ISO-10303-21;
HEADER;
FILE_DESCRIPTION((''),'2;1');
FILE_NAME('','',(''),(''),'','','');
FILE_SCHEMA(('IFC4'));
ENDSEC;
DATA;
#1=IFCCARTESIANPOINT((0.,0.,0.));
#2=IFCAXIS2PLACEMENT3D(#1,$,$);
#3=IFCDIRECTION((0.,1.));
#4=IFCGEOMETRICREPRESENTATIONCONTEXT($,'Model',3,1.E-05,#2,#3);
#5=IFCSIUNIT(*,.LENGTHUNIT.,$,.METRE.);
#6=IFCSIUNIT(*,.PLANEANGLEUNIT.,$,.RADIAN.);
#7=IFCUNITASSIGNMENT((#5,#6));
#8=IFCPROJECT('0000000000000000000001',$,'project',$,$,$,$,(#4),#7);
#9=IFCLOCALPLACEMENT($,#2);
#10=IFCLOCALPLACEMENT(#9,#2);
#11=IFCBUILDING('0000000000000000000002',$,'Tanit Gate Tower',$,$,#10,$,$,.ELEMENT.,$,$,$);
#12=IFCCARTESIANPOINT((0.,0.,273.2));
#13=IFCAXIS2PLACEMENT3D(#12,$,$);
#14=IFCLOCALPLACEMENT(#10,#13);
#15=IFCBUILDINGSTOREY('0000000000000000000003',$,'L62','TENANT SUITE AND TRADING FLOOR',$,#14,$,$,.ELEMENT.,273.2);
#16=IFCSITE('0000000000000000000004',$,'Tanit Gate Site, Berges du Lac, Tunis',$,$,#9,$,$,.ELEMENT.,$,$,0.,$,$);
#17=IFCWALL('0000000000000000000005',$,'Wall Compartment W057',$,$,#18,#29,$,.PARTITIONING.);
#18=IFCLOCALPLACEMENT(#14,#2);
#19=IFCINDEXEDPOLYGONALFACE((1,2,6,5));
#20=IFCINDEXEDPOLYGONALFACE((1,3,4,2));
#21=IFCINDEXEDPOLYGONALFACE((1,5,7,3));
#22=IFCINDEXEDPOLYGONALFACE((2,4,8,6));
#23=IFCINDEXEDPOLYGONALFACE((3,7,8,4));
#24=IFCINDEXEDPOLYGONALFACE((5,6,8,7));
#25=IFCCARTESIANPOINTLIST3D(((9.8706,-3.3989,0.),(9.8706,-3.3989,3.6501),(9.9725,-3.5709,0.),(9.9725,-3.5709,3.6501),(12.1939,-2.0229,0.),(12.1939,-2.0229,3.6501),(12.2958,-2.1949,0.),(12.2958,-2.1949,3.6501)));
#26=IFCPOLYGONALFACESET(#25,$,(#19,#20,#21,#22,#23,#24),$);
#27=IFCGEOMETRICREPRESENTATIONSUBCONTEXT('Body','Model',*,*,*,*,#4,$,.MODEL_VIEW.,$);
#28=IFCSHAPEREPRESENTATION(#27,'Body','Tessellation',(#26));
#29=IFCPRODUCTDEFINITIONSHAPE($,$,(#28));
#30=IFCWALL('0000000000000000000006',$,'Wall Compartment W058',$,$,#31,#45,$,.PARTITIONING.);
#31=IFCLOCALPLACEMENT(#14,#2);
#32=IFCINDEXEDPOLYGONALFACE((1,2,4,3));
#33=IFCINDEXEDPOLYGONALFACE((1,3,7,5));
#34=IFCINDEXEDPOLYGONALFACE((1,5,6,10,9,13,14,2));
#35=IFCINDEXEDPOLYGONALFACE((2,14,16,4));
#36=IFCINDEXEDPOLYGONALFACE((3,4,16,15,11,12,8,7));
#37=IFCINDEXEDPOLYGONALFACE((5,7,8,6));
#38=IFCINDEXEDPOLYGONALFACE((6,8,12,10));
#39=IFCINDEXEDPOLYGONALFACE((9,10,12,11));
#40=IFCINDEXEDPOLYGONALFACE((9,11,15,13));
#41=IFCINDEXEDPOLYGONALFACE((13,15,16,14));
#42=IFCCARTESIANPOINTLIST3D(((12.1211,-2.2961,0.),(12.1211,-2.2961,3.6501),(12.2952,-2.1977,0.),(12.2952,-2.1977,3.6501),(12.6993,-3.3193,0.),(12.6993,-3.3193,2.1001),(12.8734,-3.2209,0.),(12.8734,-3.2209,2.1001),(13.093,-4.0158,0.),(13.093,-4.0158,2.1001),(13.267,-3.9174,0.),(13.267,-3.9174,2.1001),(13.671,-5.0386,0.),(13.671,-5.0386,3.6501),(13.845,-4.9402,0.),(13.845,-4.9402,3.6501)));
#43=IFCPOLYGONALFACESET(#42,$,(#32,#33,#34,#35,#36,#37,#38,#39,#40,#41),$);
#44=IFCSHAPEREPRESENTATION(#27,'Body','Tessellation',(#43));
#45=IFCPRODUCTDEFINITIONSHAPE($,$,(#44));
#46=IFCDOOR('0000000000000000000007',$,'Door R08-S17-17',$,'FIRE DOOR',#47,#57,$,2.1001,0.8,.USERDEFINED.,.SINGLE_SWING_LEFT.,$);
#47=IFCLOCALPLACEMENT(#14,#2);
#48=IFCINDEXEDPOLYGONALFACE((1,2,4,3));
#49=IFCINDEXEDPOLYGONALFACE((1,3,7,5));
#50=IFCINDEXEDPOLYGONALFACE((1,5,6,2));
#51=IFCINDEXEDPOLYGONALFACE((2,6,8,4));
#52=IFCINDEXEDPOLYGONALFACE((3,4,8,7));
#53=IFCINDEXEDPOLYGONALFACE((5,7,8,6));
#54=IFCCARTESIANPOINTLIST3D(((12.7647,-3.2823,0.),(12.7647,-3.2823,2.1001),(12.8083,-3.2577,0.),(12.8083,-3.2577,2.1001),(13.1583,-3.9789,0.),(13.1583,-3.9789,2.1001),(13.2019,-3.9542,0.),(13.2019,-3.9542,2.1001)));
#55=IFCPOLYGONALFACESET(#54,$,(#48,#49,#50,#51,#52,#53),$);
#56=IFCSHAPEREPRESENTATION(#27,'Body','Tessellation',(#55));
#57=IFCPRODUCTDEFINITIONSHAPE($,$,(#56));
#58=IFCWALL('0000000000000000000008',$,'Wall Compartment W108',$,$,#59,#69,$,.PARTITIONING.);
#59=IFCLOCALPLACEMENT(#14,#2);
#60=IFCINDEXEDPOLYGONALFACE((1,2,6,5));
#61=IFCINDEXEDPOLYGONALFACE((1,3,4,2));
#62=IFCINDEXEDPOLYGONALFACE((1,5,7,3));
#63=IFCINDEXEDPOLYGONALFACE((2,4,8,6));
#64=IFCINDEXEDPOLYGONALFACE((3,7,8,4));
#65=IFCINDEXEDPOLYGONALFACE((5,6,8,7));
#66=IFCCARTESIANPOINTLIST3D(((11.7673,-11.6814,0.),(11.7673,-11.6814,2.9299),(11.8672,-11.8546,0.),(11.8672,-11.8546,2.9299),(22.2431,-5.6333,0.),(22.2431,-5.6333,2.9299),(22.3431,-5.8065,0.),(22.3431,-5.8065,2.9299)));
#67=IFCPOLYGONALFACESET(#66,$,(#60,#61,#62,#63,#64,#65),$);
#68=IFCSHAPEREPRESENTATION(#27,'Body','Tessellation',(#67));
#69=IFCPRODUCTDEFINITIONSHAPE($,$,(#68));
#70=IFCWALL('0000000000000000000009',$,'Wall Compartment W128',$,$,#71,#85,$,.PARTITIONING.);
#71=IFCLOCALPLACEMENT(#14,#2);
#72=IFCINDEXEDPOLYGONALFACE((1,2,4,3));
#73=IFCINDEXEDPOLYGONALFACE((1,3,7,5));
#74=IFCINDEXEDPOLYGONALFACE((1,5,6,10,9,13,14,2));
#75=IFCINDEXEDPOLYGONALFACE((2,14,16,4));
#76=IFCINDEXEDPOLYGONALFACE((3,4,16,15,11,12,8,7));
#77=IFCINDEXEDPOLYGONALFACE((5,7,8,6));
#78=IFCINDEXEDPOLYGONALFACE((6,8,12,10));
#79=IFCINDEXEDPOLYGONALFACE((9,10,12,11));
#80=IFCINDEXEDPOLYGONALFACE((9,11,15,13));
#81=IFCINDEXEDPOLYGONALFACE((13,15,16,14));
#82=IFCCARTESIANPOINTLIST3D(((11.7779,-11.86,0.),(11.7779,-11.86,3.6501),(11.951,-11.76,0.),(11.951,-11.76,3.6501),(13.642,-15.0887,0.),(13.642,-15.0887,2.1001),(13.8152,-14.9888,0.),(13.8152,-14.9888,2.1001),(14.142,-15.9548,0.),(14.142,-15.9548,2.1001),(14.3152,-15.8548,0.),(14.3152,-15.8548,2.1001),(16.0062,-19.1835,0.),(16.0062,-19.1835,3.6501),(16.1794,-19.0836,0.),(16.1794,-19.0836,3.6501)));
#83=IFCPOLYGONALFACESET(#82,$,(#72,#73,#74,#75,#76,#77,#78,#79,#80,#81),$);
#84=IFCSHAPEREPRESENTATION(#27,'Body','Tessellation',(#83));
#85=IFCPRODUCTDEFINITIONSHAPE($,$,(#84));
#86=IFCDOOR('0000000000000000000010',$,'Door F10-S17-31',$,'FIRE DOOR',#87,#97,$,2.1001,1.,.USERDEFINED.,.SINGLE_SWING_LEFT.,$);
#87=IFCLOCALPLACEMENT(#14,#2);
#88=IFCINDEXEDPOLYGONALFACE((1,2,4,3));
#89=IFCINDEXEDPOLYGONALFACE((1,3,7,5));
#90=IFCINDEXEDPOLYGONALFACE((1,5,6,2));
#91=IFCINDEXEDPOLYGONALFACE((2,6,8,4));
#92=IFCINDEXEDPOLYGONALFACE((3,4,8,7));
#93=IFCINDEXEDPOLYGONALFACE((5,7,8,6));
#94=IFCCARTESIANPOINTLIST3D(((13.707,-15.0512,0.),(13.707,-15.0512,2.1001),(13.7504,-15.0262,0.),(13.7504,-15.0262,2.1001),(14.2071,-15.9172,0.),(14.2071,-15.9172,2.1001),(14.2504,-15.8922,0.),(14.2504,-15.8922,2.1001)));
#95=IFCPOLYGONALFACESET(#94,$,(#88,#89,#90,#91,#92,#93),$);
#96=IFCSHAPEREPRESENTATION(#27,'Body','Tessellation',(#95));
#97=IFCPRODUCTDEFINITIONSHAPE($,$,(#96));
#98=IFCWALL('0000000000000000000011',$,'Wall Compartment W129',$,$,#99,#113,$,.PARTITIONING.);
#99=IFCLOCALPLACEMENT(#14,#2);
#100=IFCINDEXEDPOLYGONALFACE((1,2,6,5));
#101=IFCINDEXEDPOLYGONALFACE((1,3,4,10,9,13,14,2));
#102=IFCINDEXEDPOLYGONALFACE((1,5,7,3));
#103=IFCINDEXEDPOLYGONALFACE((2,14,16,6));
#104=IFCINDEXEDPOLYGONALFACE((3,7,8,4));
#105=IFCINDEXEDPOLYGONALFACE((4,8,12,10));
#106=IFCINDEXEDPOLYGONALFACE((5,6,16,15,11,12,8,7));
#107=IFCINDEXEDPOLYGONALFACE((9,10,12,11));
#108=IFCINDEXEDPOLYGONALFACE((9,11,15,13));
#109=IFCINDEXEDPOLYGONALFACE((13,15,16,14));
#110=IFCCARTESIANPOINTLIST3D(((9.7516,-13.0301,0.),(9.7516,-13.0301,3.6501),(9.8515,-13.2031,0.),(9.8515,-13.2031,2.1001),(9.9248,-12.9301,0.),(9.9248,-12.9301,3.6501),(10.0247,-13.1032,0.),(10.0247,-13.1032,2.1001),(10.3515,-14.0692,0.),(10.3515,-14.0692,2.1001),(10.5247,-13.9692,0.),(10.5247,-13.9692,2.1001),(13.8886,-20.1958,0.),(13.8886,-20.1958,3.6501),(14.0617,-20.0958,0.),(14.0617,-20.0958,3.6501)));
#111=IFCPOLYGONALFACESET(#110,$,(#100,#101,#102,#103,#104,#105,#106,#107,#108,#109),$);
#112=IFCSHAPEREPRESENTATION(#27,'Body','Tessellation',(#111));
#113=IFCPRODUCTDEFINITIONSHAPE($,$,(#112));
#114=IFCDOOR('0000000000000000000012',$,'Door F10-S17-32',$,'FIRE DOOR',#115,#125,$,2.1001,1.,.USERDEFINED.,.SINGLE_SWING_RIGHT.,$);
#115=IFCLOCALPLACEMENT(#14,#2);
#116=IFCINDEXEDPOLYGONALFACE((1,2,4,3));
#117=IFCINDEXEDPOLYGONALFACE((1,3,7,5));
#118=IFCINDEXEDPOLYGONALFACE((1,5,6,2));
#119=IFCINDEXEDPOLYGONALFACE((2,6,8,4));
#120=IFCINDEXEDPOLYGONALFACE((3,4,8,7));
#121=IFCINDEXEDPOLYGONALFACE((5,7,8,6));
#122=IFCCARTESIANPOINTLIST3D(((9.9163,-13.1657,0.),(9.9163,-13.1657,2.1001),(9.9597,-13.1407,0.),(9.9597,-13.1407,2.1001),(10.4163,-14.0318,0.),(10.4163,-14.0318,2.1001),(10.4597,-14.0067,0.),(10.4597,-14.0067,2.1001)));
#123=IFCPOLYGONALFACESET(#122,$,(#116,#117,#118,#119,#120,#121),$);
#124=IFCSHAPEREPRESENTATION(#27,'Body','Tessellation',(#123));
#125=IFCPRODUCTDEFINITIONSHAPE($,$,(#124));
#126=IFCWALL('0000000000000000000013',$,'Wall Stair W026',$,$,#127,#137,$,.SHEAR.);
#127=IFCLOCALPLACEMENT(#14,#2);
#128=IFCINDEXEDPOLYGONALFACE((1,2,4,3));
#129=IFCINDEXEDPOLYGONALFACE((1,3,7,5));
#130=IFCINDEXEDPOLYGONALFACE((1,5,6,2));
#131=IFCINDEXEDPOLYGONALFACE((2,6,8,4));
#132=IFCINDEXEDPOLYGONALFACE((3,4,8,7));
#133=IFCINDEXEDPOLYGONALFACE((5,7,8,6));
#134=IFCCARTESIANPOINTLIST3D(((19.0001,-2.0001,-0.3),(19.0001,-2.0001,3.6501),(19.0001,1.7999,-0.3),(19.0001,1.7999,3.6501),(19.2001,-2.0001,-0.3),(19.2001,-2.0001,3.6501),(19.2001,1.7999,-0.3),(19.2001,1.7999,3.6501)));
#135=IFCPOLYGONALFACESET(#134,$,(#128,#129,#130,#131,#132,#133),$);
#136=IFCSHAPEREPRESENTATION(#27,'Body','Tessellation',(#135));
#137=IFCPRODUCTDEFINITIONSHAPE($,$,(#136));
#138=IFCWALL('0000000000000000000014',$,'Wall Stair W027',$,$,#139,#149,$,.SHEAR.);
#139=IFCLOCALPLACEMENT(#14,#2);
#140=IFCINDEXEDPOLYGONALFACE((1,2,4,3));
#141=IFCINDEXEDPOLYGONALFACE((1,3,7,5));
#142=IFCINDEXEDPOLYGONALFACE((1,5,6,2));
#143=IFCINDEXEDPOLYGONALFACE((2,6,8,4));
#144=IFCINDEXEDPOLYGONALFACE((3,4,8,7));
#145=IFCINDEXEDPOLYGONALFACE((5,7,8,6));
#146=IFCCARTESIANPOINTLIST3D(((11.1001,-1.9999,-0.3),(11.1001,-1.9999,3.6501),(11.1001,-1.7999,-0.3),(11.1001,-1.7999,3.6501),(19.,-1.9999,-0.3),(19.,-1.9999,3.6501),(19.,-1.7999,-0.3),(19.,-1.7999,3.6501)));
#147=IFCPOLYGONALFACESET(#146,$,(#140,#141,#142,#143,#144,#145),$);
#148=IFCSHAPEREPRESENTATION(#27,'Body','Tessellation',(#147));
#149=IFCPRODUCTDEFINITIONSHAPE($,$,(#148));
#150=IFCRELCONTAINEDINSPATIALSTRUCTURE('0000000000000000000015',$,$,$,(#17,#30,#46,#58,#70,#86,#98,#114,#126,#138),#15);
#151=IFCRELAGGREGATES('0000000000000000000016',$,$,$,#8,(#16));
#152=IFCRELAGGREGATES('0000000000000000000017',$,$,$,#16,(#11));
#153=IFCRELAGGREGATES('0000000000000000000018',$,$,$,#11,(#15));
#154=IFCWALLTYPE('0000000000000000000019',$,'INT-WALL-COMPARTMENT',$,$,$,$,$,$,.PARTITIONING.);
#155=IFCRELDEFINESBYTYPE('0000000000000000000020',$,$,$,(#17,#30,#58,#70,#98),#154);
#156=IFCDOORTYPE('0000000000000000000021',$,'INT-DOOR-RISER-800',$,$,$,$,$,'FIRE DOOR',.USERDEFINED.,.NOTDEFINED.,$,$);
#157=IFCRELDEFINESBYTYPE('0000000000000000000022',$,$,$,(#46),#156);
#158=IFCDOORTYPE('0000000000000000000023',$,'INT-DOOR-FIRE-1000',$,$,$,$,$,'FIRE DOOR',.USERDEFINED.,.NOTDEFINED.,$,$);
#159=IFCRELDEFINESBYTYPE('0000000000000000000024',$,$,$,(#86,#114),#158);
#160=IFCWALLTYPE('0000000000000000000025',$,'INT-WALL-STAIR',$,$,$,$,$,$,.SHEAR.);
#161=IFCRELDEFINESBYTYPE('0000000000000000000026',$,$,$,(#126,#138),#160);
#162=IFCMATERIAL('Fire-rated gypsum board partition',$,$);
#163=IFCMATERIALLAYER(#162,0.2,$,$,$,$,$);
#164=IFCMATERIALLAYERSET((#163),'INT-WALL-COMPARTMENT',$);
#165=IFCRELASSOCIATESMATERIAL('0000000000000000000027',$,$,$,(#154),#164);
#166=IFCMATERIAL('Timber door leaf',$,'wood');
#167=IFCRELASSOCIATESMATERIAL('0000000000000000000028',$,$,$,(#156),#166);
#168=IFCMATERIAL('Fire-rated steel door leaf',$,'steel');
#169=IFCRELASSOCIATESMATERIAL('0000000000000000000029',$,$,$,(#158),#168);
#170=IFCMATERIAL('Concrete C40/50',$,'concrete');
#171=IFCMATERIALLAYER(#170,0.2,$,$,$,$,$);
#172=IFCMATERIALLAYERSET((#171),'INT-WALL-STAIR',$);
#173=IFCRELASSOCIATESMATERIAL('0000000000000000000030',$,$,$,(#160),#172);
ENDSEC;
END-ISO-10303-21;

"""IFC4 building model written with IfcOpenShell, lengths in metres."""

from ifc_helpers import new_model, si_unit, direction, frame, frame_2d, origin, place, context, subcontext, project, spatial, rectangle, extrude, material, layer, layer_set, type_object, element, fill, save


model = new_model("IFC4")

# Units and contexts
model_context = context("Model", 3, precision=1e-05, world=origin(), true_north=direction((0.0, 1.0)))
body_context = subcontext(model_context, "Body", "Model", "MODEL_VIEW")
ifc_project = project(units=[si_unit("LENGTHUNIT", "METRE"), si_unit("PLANEANGLEUNIT", "RADIAN")], contexts=[model_context])

# Site, building, storey
site_placement = place(None, origin())
site = spatial("IfcSite", under=ifc_project, at=site_placement, Name="Tanit Gate Site, Berges du Lac, Tunis", CompositionType="ELEMENT", RefElevation=0.0)
building_placement = place(site_placement, origin())
building = spatial("IfcBuilding", under=site, at=building_placement, Name="Tanit Gate Tower", CompositionType="ELEMENT")
storey_placement = place(building_placement, frame((0.0, 0.0, 273.2)))
storey = spatial("IfcBuildingStorey", under=building, at=storey_placement, Name="L62", Description="TENANT SUITE AND TRADING FLOOR", CompositionType="ELEMENT", Elevation=273.2)

# Wall
ifc_material_1 = material(Name="Fire-rated gypsum board partition")
ifc_layer_1 = layer(ifc_material_1, 0.2)
ifc_layer_set_1 = layer_set([ifc_layer_1], Name="INT-WALL-COMPARTMENT")
wall_type_1 = type_object("IfcWallType", Name="INT-WALL-COMPARTMENT", PredefinedType="PARTITIONING", material=ifc_layer_set_1)
wall_1_placement = place(storey_placement, frame((12.2449, -2.1089, 0.0), z_axis=(0.0, 0.0, 1.0), x_axis=(-0.860415, -0.509594, 0.0)))
element("IfcWall", 1, at=wall_1_placement, inside=storey, type_object=wall_type_1, Name="Wall Compartment W057", PredefinedType="PARTITIONING", context=body_context, shape_type="SweptSolid", body=[
    extrude(rectangle(XDim=2.7002, YDim=0.2, at=frame_2d((1.3501, 0.0))), origin(), (0.0, 0.0, 1.0), 3.6501),
])

# Wall, opening, door
wall_2_placement = place(storey_placement, frame((13.7581, -4.9895, 0.0), z_axis=(0.0, 0.0, 1.0), x_axis=(-0.491993, 0.870599, 0.0)))
wall_2 = element("IfcWall", 2, at=wall_2_placement, inside=storey, type_object=wall_type_1, Name="Wall Compartment W058", PredefinedType="PARTITIONING", context=body_context, shape_type="SweptSolid", body=[
    extrude(rectangle(XDim=3.1501, YDim=0.2, at=frame_2d((1.5752, 0.0))), origin(), (0.0, 0.0, 1.0), 3.6501),
])
opening_1_placement = place(wall_2_placement, frame((1.175, 0.0, 0.0)))
opening_1 = element("IfcOpeningElement", 3, at=opening_1_placement, cuts=wall_2, PredefinedType="OPENING", context=body_context, shape_type="SweptSolid", body=[
    extrude(rectangle(XDim=0.8, YDim=2.1001, at=frame_2d((0.3999, 1.05))), frame((0.0, 0.1099, 0.0), z_axis=(0.0, -1.0, 0.0), x_axis=(1.0, 0.0, 0.0)), (0.0, 0.0, 1.0), 0.22),
])
ifc_material_2 = material(Name="Timber door leaf", Category="wood")
door_type_1 = type_object("IfcDoorType", Name="INT-DOOR-RISER-800", ElementType="FIRE DOOR", OperationType="NOTDEFINED", PredefinedType="USERDEFINED", material=ifc_material_2)
door_1_placement = place(opening_1_placement, origin())
door_1 = element("IfcDoor", 4, at=door_1_placement, inside=storey, type_object=door_type_1, Name="Door R08-S17-17", ObjectType="FIRE DOOR", OperationType="SINGLE_SWING_LEFT", OverallHeight=2.1001, OverallWidth=0.8, PredefinedType="USERDEFINED", context=body_context, shape_type="SweptSolid", body=[
    extrude(rectangle(XDim=0.8, YDim=2.1001, at=frame_2d((0.3999, 1.05))), frame((0.0, 0.0249, 0.0), z_axis=(0.0, -1.0, 0.0), x_axis=(1.0, 0.0, 0.0)), (0.0, 0.0, 1.0), 0.05),
])
fill(opening_1, door_1)

# Wall
wall_3_placement = place(storey_placement, frame((11.8171, -11.7681, 0.0), z_axis=(0.0, 0.0, 1.0), x_axis=(0.86603, 0.499992, 0.0)))
element("IfcWall", 5, at=wall_3_placement, inside=storey, type_object=wall_type_1, Name="Wall Compartment W108", PredefinedType="PARTITIONING", context=body_context, shape_type="SweptSolid", body=[
    extrude(rectangle(XDim=12.0964, YDim=0.2, at=frame_2d((6.0483, 0.0))), origin(), (0.0, 0.0, 1.0), 2.9299),
])

# Walls, openings, doors
wall_4_placement = place(storey_placement, frame((16.0928, -19.1335, 0.0), z_axis=(0.0, 0.0, 1.0), x_axis=(-0.500005, 0.866023, 0.0)))
wall_4 = element("IfcWall", 6, at=wall_4_placement, inside=storey, type_object=wall_type_1, Name="Wall Compartment W128", PredefinedType="PARTITIONING", context=body_context, shape_type="SweptSolid", body=[
    extrude(rectangle(XDim=8.4565, YDim=0.2, at=frame_2d((4.2283, 0.0))), origin(), (0.0, 0.0, 1.0), 3.6501),
])
opening_2_placement = place(wall_4_placement, frame((3.7283, 0.0, 0.0)))
opening_2 = element("IfcOpeningElement", 7, at=opening_2_placement, cuts=wall_4, PredefinedType="OPENING", context=body_context, shape_type="SweptSolid", body=[
    extrude(rectangle(XDim=1.0, YDim=2.1001, at=frame_2d((0.5, 1.05))), frame((0.0, 0.1099, 0.0), z_axis=(0.0, -1.0, 0.0), x_axis=(1.0, 0.0, 0.0)), (0.0, 0.0, 1.0), 0.22),
])
ifc_material_3 = material(Name="Fire-rated steel door leaf", Category="steel")
door_type_2 = type_object("IfcDoorType", Name="INT-DOOR-FIRE-1000", ElementType="FIRE DOOR", OperationType="NOTDEFINED", PredefinedType="USERDEFINED", material=ifc_material_3)
door_2_placement = place(opening_2_placement, origin())
door_2 = element("IfcDoor", 8, at=door_2_placement, inside=storey, type_object=door_type_2, Name="Door F10-S17-31", ObjectType="FIRE DOOR", OperationType="SINGLE_SWING_LEFT", OverallHeight=2.1001, OverallWidth=1.0, PredefinedType="USERDEFINED", context=body_context, shape_type="SweptSolid", body=[
    extrude(rectangle(XDim=1.0, YDim=2.1001, at=frame_2d((0.5, 1.05))), frame((0.0, 0.0249, 0.0), z_axis=(0.0, -1.0, 0.0), x_axis=(1.0, 0.0, 0.0)), (0.0, 0.0, 1.0), 0.05),
])
fill(opening_2, door_2)
wall_5_placement = place(storey_placement, frame((9.8381, -12.98, 0.0), z_axis=(0.0, 0.0, 1.0), x_axis=(0.499982, -0.866036, 0.0)))
wall_5 = element("IfcWall", 9, at=wall_5_placement, inside=storey, type_object=wall_type_1, Name="Wall Compartment W129", PredefinedType="PARTITIONING", context=body_context, shape_type="SweptSolid", body=[
    extrude(rectangle(XDim=8.2742, YDim=0.2, at=frame_2d((4.1372, 0.0))), origin(), (0.0, 0.0, 1.0), 3.6501),
])
opening_3_placement = place(wall_5_placement, frame((0.2, 0.0, 0.0)))
opening_3 = element("IfcOpeningElement", 10, at=opening_3_placement, cuts=wall_5, PredefinedType="OPENING", context=body_context, shape_type="SweptSolid", body=[
    extrude(rectangle(XDim=1.0, YDim=2.1001, at=frame_2d((0.5, 1.05))), frame((0.0, 0.1099, 0.0), z_axis=(0.0, -1.0, 0.0), x_axis=(1.0, 0.0, 0.0)), (0.0, 0.0, 1.0), 0.22),
])
door_3_placement = place(opening_3_placement, origin())
door_3 = element("IfcDoor", 11, at=door_3_placement, inside=storey, type_object=door_type_2, Name="Door F10-S17-32", ObjectType="FIRE DOOR", OperationType="SINGLE_SWING_RIGHT", OverallHeight=2.1001, OverallWidth=1.0, PredefinedType="USERDEFINED", context=body_context, shape_type="SweptSolid", body=[
    extrude(rectangle(XDim=1.0, YDim=2.1001, at=frame_2d((0.5, 1.05))), frame((0.0, 0.0249, 0.0), z_axis=(0.0, -1.0, 0.0), x_axis=(1.0, 0.0, 0.0)), (0.0, 0.0, 1.0), 0.05),
])
fill(opening_3, door_3)

# Walls
ifc_material_4 = material(Name="Concrete C40/50", Category="concrete")
ifc_layer_2 = layer(ifc_material_4, 0.2)
ifc_layer_set_2 = layer_set([ifc_layer_2], Name="INT-WALL-STAIR")
wall_type_2 = type_object("IfcWallType", Name="INT-WALL-STAIR", PredefinedType="SHEAR", material=ifc_layer_set_2)
wall_6_placement = place(storey_placement, frame((19.1001, -2.0, -0.3), z_axis=(0.0, 0.0, 1.0), x_axis=(0.0, 1.0, 0.0)))
element("IfcWall", 12, at=wall_6_placement, inside=storey, type_object=wall_type_2, Name="Wall Stair W026", PredefinedType="SHEAR", context=body_context, shape_type="SweptSolid", body=[
    extrude(rectangle(XDim=3.8, YDim=0.2, at=frame_2d((1.8999, 0.0))), origin(), (0.0, 0.0, 1.0), 3.9502),
])
wall_7_placement = place(storey_placement, frame((11.1001, -1.8999, -0.3), z_axis=(0.0, 0.0, 1.0), x_axis=(1.0, 0.0, 0.0)))
element("IfcWall", 13, at=wall_7_placement, inside=storey, type_object=wall_type_2, Name="Wall Stair W027", PredefinedType="SHEAR", context=body_context, shape_type="SweptSolid", body=[
    extrude(rectangle(XDim=7.8999, YDim=0.2, at=frame_2d((3.95, 0.0))), origin(), (0.0, 0.0, 1.0), 3.9502),
])

save(model, "model.ifc")
